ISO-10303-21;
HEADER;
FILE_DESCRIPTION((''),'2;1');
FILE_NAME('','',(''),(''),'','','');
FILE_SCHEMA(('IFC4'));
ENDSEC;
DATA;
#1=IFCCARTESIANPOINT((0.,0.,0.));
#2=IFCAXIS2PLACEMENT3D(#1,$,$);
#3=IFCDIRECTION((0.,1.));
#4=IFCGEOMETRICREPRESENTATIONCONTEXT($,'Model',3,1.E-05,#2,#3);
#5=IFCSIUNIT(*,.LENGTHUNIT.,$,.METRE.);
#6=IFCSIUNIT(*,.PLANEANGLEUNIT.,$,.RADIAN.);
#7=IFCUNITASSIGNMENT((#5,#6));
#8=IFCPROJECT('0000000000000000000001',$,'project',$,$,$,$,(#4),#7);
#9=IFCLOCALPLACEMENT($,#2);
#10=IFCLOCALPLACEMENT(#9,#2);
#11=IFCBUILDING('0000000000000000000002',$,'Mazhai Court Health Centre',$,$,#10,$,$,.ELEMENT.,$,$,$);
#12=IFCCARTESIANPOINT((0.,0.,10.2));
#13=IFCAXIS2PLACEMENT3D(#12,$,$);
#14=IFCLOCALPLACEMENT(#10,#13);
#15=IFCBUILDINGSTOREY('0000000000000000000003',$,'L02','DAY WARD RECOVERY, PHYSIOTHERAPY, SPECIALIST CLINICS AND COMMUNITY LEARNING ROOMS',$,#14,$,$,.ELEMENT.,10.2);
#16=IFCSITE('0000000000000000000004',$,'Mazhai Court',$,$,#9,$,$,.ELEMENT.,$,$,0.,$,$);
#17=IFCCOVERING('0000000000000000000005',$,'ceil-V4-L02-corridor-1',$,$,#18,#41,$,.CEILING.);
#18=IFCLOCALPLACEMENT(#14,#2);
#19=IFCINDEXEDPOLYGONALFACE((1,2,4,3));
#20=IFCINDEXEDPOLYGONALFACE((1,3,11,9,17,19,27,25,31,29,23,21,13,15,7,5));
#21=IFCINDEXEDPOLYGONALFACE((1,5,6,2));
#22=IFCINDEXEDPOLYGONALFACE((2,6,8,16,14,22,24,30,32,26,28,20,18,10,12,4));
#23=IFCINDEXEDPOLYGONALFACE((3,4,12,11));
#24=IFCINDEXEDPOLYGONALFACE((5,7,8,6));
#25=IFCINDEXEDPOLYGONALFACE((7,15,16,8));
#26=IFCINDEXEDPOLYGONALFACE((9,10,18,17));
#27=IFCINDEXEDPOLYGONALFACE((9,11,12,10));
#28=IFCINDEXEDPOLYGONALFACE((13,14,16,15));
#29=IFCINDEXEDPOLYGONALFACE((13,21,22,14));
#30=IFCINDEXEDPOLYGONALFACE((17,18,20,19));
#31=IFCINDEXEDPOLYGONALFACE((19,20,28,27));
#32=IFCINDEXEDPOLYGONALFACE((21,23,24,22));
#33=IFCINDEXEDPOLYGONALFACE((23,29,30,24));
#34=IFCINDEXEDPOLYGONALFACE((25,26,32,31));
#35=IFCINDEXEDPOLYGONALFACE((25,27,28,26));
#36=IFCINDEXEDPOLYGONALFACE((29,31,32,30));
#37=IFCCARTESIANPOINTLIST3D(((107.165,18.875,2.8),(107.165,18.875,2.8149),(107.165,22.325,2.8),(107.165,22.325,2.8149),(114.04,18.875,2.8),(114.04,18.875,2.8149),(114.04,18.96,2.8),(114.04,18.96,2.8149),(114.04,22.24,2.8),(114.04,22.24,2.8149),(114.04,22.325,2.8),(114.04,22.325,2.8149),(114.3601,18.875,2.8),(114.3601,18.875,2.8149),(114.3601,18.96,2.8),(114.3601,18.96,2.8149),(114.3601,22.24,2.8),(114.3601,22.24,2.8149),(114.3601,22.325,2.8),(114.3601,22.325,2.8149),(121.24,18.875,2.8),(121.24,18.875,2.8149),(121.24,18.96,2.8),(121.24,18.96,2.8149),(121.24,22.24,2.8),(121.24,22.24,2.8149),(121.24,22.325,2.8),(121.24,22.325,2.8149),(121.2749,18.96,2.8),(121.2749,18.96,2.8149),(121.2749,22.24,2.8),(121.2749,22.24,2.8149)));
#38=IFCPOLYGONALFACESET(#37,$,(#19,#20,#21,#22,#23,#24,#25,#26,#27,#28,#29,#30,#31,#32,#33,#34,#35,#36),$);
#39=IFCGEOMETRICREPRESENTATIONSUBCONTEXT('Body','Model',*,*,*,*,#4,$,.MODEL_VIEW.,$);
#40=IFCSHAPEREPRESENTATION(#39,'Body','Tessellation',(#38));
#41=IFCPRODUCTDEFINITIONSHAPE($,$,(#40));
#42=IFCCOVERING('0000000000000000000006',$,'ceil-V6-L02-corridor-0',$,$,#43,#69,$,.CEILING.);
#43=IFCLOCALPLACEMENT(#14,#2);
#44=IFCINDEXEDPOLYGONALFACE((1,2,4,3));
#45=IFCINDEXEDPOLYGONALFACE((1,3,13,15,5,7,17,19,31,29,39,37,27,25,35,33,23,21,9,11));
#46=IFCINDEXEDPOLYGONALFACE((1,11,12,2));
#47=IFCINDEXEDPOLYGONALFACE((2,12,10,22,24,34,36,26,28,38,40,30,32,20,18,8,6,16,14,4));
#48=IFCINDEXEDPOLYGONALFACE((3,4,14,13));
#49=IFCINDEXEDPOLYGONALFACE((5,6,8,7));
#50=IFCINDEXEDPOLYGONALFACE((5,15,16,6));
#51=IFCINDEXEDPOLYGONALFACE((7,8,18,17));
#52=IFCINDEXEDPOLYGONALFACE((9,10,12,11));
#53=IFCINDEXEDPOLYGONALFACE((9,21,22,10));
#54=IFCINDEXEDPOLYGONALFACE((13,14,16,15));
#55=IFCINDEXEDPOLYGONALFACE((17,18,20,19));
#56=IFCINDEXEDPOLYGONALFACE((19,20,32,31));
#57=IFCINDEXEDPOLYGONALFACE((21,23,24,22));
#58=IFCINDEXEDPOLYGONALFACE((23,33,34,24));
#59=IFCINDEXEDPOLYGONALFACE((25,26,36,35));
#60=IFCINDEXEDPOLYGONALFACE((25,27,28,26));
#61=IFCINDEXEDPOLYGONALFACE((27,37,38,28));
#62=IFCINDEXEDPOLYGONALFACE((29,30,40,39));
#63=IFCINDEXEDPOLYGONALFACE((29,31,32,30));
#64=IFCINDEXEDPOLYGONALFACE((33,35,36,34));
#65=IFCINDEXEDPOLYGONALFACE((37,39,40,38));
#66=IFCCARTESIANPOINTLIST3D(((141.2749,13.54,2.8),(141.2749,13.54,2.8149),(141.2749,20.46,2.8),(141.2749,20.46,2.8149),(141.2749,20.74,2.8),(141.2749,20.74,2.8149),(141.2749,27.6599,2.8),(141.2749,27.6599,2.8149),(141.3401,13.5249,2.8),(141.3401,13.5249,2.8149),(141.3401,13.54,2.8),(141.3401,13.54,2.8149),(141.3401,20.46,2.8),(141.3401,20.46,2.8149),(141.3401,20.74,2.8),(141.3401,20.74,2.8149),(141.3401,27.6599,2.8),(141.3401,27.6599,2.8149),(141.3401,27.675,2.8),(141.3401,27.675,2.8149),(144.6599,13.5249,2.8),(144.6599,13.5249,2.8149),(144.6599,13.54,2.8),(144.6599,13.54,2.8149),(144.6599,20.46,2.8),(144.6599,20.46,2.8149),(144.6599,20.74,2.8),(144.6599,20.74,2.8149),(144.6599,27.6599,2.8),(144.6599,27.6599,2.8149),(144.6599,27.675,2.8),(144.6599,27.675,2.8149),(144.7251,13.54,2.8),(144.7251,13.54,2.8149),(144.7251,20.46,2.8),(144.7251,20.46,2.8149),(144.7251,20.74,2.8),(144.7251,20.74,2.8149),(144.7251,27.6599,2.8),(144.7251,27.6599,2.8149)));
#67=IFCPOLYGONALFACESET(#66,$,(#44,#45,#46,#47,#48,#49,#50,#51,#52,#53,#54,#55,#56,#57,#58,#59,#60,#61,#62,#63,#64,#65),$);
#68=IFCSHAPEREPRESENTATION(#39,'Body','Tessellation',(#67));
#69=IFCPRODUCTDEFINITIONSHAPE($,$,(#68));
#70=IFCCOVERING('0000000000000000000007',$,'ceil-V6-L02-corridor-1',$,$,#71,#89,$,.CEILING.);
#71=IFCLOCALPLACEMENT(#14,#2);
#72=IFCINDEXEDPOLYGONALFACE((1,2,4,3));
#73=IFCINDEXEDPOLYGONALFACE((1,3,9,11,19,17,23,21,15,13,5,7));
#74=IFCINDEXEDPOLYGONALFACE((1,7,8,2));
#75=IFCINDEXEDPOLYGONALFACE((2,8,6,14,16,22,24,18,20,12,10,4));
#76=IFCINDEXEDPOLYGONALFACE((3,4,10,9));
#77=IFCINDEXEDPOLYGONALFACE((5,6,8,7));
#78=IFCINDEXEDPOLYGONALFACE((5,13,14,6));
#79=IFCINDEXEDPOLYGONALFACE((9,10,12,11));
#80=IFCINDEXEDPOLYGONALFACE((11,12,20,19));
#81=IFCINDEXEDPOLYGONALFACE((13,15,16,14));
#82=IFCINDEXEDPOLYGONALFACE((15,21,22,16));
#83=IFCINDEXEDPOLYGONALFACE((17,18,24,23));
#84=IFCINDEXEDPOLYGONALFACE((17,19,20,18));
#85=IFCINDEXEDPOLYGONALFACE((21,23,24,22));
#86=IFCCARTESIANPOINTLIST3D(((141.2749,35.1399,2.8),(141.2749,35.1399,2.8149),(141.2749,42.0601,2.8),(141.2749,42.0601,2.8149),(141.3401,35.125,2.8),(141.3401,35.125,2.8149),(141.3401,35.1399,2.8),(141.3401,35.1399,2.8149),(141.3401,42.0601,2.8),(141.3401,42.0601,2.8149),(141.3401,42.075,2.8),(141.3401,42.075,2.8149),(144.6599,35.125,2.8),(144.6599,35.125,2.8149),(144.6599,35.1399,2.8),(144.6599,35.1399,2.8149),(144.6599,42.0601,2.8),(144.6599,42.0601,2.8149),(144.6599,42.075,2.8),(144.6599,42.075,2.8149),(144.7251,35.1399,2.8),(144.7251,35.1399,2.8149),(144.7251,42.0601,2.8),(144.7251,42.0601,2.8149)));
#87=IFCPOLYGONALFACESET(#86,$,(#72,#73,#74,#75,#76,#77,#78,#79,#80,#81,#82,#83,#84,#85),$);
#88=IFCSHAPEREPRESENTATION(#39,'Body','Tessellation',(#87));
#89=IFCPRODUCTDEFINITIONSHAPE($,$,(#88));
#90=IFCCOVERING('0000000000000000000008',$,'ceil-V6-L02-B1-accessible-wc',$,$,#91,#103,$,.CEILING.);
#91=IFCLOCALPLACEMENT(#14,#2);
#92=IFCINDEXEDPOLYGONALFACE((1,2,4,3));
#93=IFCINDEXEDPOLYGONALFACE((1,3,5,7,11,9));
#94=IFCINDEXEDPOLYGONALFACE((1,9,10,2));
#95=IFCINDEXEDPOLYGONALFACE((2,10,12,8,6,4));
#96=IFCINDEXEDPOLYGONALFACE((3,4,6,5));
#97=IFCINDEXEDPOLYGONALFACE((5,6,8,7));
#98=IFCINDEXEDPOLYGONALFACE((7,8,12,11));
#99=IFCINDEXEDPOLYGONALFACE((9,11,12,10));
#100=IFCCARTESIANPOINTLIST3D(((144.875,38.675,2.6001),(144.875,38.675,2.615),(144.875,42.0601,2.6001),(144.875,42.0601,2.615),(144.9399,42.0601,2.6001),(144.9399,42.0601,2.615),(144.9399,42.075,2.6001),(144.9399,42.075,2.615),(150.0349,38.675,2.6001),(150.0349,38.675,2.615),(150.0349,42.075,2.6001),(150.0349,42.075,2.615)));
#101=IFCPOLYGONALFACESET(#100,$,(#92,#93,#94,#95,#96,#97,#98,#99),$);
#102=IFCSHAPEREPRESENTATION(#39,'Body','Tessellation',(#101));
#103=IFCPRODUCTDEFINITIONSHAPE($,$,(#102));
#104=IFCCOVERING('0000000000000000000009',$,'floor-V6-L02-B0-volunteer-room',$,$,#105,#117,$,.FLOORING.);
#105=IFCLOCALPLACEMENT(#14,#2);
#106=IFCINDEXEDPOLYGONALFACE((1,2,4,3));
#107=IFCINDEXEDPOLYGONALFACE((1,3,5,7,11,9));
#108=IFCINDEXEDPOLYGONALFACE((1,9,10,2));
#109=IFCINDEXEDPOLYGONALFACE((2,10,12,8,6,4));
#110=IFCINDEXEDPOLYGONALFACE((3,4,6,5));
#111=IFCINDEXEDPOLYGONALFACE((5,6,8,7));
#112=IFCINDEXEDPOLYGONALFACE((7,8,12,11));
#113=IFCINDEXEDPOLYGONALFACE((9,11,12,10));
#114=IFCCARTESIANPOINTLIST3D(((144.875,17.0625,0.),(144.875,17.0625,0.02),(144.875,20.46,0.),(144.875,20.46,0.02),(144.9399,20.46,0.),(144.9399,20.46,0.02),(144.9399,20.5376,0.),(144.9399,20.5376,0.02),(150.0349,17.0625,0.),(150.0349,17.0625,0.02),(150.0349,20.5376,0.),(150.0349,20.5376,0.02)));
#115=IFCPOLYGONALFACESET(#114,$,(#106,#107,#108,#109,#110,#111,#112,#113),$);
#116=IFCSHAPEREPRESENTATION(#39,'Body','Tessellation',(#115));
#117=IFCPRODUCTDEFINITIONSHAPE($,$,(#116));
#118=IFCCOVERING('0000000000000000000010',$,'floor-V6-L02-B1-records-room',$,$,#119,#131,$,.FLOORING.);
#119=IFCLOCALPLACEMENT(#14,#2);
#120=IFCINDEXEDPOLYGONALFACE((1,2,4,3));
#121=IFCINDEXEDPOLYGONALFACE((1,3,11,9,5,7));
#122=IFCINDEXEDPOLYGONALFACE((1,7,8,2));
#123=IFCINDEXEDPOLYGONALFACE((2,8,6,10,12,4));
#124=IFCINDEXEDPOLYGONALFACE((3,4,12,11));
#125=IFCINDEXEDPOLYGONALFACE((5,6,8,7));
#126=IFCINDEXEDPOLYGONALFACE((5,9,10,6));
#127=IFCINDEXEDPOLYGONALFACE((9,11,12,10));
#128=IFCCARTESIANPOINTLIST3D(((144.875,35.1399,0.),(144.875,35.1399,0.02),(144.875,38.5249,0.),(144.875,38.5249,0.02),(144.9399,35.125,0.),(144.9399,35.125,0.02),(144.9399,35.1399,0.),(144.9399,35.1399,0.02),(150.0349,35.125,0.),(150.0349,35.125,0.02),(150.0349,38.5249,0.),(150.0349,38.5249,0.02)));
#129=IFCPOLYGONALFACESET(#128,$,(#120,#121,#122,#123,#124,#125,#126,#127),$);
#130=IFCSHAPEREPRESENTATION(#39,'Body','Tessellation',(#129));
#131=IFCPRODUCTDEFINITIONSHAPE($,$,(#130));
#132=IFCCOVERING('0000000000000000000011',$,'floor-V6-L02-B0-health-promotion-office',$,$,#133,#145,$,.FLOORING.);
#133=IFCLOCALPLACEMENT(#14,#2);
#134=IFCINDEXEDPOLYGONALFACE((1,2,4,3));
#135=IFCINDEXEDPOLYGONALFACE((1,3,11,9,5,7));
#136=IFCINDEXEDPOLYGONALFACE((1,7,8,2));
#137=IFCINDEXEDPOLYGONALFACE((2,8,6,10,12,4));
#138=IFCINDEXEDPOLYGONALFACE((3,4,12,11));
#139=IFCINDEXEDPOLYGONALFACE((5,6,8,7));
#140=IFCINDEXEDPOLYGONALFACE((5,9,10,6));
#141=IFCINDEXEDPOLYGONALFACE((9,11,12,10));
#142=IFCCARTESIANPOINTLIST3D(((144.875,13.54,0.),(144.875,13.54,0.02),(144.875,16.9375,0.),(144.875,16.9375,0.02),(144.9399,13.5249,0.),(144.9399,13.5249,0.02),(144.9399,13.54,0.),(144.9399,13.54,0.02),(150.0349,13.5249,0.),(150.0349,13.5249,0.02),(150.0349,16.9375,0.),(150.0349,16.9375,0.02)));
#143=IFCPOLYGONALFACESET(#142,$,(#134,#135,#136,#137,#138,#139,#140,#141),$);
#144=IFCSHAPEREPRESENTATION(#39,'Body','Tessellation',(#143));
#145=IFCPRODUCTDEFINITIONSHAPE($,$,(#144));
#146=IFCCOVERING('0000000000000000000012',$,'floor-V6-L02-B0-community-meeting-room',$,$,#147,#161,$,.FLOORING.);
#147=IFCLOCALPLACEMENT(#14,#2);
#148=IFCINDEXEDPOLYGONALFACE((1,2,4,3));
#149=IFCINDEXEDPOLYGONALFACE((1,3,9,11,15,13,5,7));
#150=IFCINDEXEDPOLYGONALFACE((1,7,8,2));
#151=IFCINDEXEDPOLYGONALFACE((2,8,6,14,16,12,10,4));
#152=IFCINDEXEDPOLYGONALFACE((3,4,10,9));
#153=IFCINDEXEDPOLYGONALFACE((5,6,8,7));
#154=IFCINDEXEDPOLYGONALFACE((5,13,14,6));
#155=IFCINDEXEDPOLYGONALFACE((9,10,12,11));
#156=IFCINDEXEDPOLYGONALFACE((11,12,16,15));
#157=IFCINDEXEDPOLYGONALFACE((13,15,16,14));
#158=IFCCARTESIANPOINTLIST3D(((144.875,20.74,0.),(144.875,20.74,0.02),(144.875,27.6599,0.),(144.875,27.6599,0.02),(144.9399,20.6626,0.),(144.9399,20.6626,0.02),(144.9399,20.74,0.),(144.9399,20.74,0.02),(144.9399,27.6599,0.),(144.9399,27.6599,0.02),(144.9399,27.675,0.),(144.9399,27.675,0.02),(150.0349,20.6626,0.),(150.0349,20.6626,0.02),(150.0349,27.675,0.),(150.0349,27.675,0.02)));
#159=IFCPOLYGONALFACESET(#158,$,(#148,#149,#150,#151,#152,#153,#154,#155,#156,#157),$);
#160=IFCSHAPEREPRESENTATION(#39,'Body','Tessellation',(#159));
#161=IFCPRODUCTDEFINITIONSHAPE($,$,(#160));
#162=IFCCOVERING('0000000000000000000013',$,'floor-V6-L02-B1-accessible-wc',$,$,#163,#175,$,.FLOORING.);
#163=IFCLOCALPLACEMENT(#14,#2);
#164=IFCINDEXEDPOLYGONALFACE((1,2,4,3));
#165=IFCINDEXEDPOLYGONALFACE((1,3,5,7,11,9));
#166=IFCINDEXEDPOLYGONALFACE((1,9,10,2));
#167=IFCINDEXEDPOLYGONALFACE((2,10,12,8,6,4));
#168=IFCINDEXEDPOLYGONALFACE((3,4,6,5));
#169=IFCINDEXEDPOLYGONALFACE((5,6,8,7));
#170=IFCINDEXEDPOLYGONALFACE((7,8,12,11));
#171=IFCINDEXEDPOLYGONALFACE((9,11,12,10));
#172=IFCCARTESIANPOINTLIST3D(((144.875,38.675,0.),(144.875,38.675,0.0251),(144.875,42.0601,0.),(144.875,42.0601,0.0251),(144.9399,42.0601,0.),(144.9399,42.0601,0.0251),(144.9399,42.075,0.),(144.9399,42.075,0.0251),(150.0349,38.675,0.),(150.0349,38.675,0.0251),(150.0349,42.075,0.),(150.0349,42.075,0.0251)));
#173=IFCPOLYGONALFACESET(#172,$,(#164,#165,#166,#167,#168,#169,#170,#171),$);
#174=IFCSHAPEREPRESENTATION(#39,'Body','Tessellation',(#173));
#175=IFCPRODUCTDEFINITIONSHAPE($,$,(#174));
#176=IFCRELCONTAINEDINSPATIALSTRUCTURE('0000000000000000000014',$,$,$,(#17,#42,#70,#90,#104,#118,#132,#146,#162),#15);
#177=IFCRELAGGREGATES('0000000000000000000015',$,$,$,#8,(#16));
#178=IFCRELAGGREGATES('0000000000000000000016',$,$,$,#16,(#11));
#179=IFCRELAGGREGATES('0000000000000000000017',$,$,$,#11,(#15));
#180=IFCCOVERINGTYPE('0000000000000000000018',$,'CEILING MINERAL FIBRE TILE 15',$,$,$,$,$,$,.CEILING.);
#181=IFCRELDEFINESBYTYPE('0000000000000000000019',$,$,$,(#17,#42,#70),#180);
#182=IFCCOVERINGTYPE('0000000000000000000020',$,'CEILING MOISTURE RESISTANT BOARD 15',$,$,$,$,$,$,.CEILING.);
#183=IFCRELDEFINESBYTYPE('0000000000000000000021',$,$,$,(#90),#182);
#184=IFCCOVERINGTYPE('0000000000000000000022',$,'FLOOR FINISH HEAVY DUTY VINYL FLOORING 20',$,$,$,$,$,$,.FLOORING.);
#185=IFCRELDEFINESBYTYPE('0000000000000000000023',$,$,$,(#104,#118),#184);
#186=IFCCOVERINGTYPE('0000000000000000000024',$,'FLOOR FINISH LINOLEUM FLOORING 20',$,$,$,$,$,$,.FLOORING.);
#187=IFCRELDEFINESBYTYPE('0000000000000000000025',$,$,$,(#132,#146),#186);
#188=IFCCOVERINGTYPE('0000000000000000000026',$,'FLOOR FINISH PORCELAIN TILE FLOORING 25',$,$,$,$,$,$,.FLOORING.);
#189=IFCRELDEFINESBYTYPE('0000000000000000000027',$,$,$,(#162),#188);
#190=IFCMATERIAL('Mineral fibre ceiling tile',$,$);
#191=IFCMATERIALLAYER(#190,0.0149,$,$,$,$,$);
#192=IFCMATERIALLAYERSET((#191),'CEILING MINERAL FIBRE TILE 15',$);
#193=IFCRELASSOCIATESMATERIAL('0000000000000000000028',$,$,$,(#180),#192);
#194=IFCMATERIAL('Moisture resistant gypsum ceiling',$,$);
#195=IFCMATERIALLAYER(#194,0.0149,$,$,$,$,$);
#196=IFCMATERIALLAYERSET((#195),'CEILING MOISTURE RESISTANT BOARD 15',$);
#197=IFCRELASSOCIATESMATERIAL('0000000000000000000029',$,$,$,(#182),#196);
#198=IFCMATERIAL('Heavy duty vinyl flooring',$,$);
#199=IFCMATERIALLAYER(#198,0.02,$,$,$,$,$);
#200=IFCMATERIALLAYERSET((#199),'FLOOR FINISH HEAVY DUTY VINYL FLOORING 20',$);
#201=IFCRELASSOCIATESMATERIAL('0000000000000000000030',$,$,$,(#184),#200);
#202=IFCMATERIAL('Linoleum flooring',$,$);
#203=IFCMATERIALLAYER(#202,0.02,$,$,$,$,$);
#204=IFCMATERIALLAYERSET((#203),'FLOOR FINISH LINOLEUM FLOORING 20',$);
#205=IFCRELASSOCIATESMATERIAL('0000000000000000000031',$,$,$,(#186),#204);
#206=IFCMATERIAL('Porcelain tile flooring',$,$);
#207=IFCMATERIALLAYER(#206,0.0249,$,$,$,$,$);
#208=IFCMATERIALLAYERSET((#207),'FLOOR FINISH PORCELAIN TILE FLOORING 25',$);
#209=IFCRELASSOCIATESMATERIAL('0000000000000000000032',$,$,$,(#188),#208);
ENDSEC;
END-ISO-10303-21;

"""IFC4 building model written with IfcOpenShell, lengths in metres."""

from ifc_helpers import new_model, si_unit, direction, frame, origin, place, context, subcontext, project, spatial, polyline, outline, extrude, material, layer, layer_set, type_object, element, save


model = new_model("IFC4")

# Units and contexts
model_context = context("Model", 3, precision=1e-05, world=origin(), true_north=direction((0.0, 1.0)))
body_context = subcontext(model_context, "Body", "Model", "MODEL_VIEW")
ifc_project = project(units=[si_unit("LENGTHUNIT", "METRE"), si_unit("PLANEANGLEUNIT", "RADIAN")], contexts=[model_context])

# Site, building, storey
site_placement = place(None, origin())
site = spatial("IfcSite", under=ifc_project, at=site_placement, Name="Mazhai Court", CompositionType="ELEMENT", RefElevation=0.0)
building_placement = place(site_placement, origin())
building = spatial("IfcBuilding", under=site, at=building_placement, Name="Mazhai Court Health Centre", CompositionType="ELEMENT")
storey_placement = place(building_placement, frame((0.0, 0.0, 10.2)))
storey = spatial("IfcBuildingStorey", under=building, at=storey_placement, Name="L02", Description="DAY WARD RECOVERY, PHYSIOTHERAPY, SPECIALIST CLINICS AND COMMUNITY LEARNING ROOMS", CompositionType="ELEMENT", Elevation=10.2)

# Coverings
ifc_material_1 = material(Name="Mineral fibre ceiling tile")
ifc_layer_1 = layer(ifc_material_1, 0.0149)
ifc_layer_set_1 = layer_set([ifc_layer_1], Name="CEILING MINERAL FIBRE TILE 15")
covering_type_1 = type_object("IfcCoveringType", Name="CEILING MINERAL FIBRE TILE 15", PredefinedType="CEILING", material=ifc_layer_set_1)
covering_1_placement = place(storey_placement, frame((0.0, 0.0, 2.8)))
element("IfcCovering", 1, at=covering_1_placement, inside=storey, type_object=covering_type_1, Name="ceil-V4-L02-corridor-1", PredefinedType="CEILING", context=body_context, shape_type="SweptSolid", body=[
    extrude(outline(polyline([(121.2749, 22.24), (121.24, 22.24), (121.24, 22.325), (114.3601, 22.325), (114.3601, 22.24), (114.04, 22.24), (114.04, 22.325), (107.165, 22.325), (107.165, 18.875), (114.04, 18.875), (114.04, 18.96), (114.3601, 18.96), (114.3601, 18.875), (121.24, 18.875), (121.24, 18.96), (121.2749, 18.96), (121.2749, 22.24)])), origin(), (0.0, 0.0, 1.0), 0.0149),
])
covering_2_placement = place(storey_placement, frame((0.0, 0.0, 2.8)))
element("IfcCovering", 2, at=covering_2_placement, inside=storey, type_object=covering_type_1, Name="ceil-V6-L02-corridor-0", PredefinedType="CEILING", context=body_context, shape_type="SweptSolid", body=[
    extrude(outline(polyline([(144.6599, 13.5249), (144.6599, 13.54), (144.7251, 13.54), (144.7251, 20.46), (144.6599, 20.46), (144.6599, 20.74), (144.7251, 20.74), (144.7251, 27.6599), (144.6599, 27.6599), (144.6599, 27.675), (141.3401, 27.675), (141.3401, 27.6599), (141.2749, 27.6599), (141.2749, 20.74), (141.3401, 20.74), (141.3401, 20.46), (141.2749, 20.46), (141.2749, 13.54), (141.3401, 13.54), (141.3401, 13.5249), (144.6599, 13.5249)])), origin(), (0.0, 0.0, 1.0), 0.0149),
])
covering_3_placement = place(storey_placement, frame((0.0, 0.0, 2.8)))
element("IfcCovering", 3, at=covering_3_placement, inside=storey, type_object=covering_type_1, Name="ceil-V6-L02-corridor-1", PredefinedType="CEILING", context=body_context, shape_type="SweptSolid", body=[
    extrude(outline(polyline([(144.6599, 35.125), (144.6599, 35.1399), (144.7251, 35.1399), (144.7251, 42.0601), (144.6599, 42.0601), (144.6599, 42.075), (141.3401, 42.075), (141.3401, 42.0601), (141.2749, 42.0601), (141.2749, 35.1399), (141.3401, 35.1399), (141.3401, 35.125), (144.6599, 35.125)])), origin(), (0.0, 0.0, 1.0), 0.0149),
])
ifc_material_2 = material(Name="Moisture resistant gypsum ceiling")
ifc_layer_2 = layer(ifc_material_2, 0.0149)
ifc_layer_set_2 = layer_set([ifc_layer_2], Name="CEILING MOISTURE RESISTANT BOARD 15")
covering_type_2 = type_object("IfcCoveringType", Name="CEILING MOISTURE RESISTANT BOARD 15", PredefinedType="CEILING", material=ifc_layer_set_2)
covering_4_placement = place(storey_placement, frame((0.0, 0.0, 2.6001)))
element("IfcCovering", 4, at=covering_4_placement, inside=storey, type_object=covering_type_2, Name="ceil-V6-L02-B1-accessible-wc", PredefinedType="CEILING", context=body_context, shape_type="SweptSolid", body=[
    extrude(outline(polyline([(144.9399, 42.075), (144.9399, 42.0601), (144.875, 42.0601), (144.875, 38.675), (150.0349, 38.675), (150.0349, 42.075), (144.9399, 42.075)])), origin(), (0.0, 0.0, 1.0), 0.0149),
])
ifc_material_3 = material(Name="Heavy duty vinyl flooring")
ifc_layer_3 = layer(ifc_material_3, 0.02)
ifc_layer_set_3 = layer_set([ifc_layer_3], Name="FLOOR FINISH HEAVY DUTY VINYL FLOORING 20")
covering_type_3 = type_object("IfcCoveringType", Name="FLOOR FINISH HEAVY DUTY VINYL FLOORING 20", PredefinedType="FLOORING", material=ifc_layer_set_3)
covering_5_placement = place(storey_placement, origin())
element("IfcCovering", 5, at=covering_5_placement, inside=storey, type_object=covering_type_3, Name="floor-V6-L02-B0-volunteer-room", PredefinedType="FLOORING", context=body_context, shape_type="SweptSolid", body=[
    extrude(outline(polyline([(144.9399, 20.5376), (144.9399, 20.46), (144.875, 20.46), (144.875, 17.0625), (150.0349, 17.0625), (150.0349, 20.5376), (144.9399, 20.5376)])), origin(), (0.0, 0.0, 1.0), 0.02),
])
covering_6_placement = place(storey_placement, origin())
element("IfcCovering", 6, at=covering_6_placement, inside=storey, type_object=covering_type_3, Name="floor-V6-L02-B1-records-room", PredefinedType="FLOORING", context=body_context, shape_type="SweptSolid", body=[
    extrude(outline(polyline([(144.875, 35.1399), (144.9399, 35.1399), (144.9399, 35.125), (150.0349, 35.125), (150.0349, 38.5249), (144.875, 38.5249), (144.875, 35.1399)])), origin(), (0.0, 0.0, 1.0), 0.02),
])
ifc_material_4 = material(Name="Linoleum flooring")
ifc_layer_4 = layer(ifc_material_4, 0.02)
ifc_layer_set_4 = layer_set([ifc_layer_4], Name="FLOOR FINISH LINOLEUM FLOORING 20")
covering_type_4 = type_object("IfcCoveringType", Name="FLOOR FINISH LINOLEUM FLOORING 20", PredefinedType="FLOORING", material=ifc_layer_set_4)
covering_7_placement = place(storey_placement, origin())
element("IfcCovering", 7, at=covering_7_placement, inside=storey, type_object=covering_type_4, Name="floor-V6-L02-B0-health-promotion-office", PredefinedType="FLOORING", context=body_context, shape_type="SweptSolid", body=[
    extrude(outline(polyline([(144.875, 13.54), (144.9399, 13.54), (144.9399, 13.5249), (150.0349, 13.5249), (150.0349, 16.9375), (144.875, 16.9375), (144.875, 13.54)])), origin(), (0.0, 0.0, 1.0), 0.02),
])
covering_8_placement = place(storey_placement, origin())
element("IfcCovering", 8, at=covering_8_placement, inside=storey, type_object=covering_type_4, Name="floor-V6-L02-B0-community-meeting-room", PredefinedType="FLOORING", context=body_context, shape_type="SweptSolid", body=[
    extrude(outline(polyline([(144.9399, 27.675), (144.9399, 27.6599), (144.875, 27.6599), (144.875, 20.74), (144.9399, 20.74), (144.9399, 20.6626), (150.0349, 20.6626), (150.0349, 27.675), (144.9399, 27.675)])), origin(), (0.0, 0.0, 1.0), 0.02),
])
ifc_material_5 = material(Name="Porcelain tile flooring")
ifc_layer_5 = layer(ifc_material_5, 0.0249)
ifc_layer_set_5 = layer_set([ifc_layer_5], Name="FLOOR FINISH PORCELAIN TILE FLOORING 25")
covering_type_5 = type_object("IfcCoveringType", Name="FLOOR FINISH PORCELAIN TILE FLOORING 25", PredefinedType="FLOORING", material=ifc_layer_set_5)
covering_9_placement = place(storey_placement, origin())
element("IfcCovering", 9, at=covering_9_placement, inside=storey, type_object=covering_type_5, Name="floor-V6-L02-B1-accessible-wc", PredefinedType="FLOORING", context=body_context, shape_type="SweptSolid", body=[
    extrude(outline(polyline([(144.9399, 42.075), (144.9399, 42.0601), (144.875, 42.0601), (144.875, 38.675), (150.0349, 38.675), (150.0349, 42.075), (144.9399, 42.075)])), origin(), (0.0, 0.0, 1.0), 0.0251),
])

save(model, "model.ifc")
